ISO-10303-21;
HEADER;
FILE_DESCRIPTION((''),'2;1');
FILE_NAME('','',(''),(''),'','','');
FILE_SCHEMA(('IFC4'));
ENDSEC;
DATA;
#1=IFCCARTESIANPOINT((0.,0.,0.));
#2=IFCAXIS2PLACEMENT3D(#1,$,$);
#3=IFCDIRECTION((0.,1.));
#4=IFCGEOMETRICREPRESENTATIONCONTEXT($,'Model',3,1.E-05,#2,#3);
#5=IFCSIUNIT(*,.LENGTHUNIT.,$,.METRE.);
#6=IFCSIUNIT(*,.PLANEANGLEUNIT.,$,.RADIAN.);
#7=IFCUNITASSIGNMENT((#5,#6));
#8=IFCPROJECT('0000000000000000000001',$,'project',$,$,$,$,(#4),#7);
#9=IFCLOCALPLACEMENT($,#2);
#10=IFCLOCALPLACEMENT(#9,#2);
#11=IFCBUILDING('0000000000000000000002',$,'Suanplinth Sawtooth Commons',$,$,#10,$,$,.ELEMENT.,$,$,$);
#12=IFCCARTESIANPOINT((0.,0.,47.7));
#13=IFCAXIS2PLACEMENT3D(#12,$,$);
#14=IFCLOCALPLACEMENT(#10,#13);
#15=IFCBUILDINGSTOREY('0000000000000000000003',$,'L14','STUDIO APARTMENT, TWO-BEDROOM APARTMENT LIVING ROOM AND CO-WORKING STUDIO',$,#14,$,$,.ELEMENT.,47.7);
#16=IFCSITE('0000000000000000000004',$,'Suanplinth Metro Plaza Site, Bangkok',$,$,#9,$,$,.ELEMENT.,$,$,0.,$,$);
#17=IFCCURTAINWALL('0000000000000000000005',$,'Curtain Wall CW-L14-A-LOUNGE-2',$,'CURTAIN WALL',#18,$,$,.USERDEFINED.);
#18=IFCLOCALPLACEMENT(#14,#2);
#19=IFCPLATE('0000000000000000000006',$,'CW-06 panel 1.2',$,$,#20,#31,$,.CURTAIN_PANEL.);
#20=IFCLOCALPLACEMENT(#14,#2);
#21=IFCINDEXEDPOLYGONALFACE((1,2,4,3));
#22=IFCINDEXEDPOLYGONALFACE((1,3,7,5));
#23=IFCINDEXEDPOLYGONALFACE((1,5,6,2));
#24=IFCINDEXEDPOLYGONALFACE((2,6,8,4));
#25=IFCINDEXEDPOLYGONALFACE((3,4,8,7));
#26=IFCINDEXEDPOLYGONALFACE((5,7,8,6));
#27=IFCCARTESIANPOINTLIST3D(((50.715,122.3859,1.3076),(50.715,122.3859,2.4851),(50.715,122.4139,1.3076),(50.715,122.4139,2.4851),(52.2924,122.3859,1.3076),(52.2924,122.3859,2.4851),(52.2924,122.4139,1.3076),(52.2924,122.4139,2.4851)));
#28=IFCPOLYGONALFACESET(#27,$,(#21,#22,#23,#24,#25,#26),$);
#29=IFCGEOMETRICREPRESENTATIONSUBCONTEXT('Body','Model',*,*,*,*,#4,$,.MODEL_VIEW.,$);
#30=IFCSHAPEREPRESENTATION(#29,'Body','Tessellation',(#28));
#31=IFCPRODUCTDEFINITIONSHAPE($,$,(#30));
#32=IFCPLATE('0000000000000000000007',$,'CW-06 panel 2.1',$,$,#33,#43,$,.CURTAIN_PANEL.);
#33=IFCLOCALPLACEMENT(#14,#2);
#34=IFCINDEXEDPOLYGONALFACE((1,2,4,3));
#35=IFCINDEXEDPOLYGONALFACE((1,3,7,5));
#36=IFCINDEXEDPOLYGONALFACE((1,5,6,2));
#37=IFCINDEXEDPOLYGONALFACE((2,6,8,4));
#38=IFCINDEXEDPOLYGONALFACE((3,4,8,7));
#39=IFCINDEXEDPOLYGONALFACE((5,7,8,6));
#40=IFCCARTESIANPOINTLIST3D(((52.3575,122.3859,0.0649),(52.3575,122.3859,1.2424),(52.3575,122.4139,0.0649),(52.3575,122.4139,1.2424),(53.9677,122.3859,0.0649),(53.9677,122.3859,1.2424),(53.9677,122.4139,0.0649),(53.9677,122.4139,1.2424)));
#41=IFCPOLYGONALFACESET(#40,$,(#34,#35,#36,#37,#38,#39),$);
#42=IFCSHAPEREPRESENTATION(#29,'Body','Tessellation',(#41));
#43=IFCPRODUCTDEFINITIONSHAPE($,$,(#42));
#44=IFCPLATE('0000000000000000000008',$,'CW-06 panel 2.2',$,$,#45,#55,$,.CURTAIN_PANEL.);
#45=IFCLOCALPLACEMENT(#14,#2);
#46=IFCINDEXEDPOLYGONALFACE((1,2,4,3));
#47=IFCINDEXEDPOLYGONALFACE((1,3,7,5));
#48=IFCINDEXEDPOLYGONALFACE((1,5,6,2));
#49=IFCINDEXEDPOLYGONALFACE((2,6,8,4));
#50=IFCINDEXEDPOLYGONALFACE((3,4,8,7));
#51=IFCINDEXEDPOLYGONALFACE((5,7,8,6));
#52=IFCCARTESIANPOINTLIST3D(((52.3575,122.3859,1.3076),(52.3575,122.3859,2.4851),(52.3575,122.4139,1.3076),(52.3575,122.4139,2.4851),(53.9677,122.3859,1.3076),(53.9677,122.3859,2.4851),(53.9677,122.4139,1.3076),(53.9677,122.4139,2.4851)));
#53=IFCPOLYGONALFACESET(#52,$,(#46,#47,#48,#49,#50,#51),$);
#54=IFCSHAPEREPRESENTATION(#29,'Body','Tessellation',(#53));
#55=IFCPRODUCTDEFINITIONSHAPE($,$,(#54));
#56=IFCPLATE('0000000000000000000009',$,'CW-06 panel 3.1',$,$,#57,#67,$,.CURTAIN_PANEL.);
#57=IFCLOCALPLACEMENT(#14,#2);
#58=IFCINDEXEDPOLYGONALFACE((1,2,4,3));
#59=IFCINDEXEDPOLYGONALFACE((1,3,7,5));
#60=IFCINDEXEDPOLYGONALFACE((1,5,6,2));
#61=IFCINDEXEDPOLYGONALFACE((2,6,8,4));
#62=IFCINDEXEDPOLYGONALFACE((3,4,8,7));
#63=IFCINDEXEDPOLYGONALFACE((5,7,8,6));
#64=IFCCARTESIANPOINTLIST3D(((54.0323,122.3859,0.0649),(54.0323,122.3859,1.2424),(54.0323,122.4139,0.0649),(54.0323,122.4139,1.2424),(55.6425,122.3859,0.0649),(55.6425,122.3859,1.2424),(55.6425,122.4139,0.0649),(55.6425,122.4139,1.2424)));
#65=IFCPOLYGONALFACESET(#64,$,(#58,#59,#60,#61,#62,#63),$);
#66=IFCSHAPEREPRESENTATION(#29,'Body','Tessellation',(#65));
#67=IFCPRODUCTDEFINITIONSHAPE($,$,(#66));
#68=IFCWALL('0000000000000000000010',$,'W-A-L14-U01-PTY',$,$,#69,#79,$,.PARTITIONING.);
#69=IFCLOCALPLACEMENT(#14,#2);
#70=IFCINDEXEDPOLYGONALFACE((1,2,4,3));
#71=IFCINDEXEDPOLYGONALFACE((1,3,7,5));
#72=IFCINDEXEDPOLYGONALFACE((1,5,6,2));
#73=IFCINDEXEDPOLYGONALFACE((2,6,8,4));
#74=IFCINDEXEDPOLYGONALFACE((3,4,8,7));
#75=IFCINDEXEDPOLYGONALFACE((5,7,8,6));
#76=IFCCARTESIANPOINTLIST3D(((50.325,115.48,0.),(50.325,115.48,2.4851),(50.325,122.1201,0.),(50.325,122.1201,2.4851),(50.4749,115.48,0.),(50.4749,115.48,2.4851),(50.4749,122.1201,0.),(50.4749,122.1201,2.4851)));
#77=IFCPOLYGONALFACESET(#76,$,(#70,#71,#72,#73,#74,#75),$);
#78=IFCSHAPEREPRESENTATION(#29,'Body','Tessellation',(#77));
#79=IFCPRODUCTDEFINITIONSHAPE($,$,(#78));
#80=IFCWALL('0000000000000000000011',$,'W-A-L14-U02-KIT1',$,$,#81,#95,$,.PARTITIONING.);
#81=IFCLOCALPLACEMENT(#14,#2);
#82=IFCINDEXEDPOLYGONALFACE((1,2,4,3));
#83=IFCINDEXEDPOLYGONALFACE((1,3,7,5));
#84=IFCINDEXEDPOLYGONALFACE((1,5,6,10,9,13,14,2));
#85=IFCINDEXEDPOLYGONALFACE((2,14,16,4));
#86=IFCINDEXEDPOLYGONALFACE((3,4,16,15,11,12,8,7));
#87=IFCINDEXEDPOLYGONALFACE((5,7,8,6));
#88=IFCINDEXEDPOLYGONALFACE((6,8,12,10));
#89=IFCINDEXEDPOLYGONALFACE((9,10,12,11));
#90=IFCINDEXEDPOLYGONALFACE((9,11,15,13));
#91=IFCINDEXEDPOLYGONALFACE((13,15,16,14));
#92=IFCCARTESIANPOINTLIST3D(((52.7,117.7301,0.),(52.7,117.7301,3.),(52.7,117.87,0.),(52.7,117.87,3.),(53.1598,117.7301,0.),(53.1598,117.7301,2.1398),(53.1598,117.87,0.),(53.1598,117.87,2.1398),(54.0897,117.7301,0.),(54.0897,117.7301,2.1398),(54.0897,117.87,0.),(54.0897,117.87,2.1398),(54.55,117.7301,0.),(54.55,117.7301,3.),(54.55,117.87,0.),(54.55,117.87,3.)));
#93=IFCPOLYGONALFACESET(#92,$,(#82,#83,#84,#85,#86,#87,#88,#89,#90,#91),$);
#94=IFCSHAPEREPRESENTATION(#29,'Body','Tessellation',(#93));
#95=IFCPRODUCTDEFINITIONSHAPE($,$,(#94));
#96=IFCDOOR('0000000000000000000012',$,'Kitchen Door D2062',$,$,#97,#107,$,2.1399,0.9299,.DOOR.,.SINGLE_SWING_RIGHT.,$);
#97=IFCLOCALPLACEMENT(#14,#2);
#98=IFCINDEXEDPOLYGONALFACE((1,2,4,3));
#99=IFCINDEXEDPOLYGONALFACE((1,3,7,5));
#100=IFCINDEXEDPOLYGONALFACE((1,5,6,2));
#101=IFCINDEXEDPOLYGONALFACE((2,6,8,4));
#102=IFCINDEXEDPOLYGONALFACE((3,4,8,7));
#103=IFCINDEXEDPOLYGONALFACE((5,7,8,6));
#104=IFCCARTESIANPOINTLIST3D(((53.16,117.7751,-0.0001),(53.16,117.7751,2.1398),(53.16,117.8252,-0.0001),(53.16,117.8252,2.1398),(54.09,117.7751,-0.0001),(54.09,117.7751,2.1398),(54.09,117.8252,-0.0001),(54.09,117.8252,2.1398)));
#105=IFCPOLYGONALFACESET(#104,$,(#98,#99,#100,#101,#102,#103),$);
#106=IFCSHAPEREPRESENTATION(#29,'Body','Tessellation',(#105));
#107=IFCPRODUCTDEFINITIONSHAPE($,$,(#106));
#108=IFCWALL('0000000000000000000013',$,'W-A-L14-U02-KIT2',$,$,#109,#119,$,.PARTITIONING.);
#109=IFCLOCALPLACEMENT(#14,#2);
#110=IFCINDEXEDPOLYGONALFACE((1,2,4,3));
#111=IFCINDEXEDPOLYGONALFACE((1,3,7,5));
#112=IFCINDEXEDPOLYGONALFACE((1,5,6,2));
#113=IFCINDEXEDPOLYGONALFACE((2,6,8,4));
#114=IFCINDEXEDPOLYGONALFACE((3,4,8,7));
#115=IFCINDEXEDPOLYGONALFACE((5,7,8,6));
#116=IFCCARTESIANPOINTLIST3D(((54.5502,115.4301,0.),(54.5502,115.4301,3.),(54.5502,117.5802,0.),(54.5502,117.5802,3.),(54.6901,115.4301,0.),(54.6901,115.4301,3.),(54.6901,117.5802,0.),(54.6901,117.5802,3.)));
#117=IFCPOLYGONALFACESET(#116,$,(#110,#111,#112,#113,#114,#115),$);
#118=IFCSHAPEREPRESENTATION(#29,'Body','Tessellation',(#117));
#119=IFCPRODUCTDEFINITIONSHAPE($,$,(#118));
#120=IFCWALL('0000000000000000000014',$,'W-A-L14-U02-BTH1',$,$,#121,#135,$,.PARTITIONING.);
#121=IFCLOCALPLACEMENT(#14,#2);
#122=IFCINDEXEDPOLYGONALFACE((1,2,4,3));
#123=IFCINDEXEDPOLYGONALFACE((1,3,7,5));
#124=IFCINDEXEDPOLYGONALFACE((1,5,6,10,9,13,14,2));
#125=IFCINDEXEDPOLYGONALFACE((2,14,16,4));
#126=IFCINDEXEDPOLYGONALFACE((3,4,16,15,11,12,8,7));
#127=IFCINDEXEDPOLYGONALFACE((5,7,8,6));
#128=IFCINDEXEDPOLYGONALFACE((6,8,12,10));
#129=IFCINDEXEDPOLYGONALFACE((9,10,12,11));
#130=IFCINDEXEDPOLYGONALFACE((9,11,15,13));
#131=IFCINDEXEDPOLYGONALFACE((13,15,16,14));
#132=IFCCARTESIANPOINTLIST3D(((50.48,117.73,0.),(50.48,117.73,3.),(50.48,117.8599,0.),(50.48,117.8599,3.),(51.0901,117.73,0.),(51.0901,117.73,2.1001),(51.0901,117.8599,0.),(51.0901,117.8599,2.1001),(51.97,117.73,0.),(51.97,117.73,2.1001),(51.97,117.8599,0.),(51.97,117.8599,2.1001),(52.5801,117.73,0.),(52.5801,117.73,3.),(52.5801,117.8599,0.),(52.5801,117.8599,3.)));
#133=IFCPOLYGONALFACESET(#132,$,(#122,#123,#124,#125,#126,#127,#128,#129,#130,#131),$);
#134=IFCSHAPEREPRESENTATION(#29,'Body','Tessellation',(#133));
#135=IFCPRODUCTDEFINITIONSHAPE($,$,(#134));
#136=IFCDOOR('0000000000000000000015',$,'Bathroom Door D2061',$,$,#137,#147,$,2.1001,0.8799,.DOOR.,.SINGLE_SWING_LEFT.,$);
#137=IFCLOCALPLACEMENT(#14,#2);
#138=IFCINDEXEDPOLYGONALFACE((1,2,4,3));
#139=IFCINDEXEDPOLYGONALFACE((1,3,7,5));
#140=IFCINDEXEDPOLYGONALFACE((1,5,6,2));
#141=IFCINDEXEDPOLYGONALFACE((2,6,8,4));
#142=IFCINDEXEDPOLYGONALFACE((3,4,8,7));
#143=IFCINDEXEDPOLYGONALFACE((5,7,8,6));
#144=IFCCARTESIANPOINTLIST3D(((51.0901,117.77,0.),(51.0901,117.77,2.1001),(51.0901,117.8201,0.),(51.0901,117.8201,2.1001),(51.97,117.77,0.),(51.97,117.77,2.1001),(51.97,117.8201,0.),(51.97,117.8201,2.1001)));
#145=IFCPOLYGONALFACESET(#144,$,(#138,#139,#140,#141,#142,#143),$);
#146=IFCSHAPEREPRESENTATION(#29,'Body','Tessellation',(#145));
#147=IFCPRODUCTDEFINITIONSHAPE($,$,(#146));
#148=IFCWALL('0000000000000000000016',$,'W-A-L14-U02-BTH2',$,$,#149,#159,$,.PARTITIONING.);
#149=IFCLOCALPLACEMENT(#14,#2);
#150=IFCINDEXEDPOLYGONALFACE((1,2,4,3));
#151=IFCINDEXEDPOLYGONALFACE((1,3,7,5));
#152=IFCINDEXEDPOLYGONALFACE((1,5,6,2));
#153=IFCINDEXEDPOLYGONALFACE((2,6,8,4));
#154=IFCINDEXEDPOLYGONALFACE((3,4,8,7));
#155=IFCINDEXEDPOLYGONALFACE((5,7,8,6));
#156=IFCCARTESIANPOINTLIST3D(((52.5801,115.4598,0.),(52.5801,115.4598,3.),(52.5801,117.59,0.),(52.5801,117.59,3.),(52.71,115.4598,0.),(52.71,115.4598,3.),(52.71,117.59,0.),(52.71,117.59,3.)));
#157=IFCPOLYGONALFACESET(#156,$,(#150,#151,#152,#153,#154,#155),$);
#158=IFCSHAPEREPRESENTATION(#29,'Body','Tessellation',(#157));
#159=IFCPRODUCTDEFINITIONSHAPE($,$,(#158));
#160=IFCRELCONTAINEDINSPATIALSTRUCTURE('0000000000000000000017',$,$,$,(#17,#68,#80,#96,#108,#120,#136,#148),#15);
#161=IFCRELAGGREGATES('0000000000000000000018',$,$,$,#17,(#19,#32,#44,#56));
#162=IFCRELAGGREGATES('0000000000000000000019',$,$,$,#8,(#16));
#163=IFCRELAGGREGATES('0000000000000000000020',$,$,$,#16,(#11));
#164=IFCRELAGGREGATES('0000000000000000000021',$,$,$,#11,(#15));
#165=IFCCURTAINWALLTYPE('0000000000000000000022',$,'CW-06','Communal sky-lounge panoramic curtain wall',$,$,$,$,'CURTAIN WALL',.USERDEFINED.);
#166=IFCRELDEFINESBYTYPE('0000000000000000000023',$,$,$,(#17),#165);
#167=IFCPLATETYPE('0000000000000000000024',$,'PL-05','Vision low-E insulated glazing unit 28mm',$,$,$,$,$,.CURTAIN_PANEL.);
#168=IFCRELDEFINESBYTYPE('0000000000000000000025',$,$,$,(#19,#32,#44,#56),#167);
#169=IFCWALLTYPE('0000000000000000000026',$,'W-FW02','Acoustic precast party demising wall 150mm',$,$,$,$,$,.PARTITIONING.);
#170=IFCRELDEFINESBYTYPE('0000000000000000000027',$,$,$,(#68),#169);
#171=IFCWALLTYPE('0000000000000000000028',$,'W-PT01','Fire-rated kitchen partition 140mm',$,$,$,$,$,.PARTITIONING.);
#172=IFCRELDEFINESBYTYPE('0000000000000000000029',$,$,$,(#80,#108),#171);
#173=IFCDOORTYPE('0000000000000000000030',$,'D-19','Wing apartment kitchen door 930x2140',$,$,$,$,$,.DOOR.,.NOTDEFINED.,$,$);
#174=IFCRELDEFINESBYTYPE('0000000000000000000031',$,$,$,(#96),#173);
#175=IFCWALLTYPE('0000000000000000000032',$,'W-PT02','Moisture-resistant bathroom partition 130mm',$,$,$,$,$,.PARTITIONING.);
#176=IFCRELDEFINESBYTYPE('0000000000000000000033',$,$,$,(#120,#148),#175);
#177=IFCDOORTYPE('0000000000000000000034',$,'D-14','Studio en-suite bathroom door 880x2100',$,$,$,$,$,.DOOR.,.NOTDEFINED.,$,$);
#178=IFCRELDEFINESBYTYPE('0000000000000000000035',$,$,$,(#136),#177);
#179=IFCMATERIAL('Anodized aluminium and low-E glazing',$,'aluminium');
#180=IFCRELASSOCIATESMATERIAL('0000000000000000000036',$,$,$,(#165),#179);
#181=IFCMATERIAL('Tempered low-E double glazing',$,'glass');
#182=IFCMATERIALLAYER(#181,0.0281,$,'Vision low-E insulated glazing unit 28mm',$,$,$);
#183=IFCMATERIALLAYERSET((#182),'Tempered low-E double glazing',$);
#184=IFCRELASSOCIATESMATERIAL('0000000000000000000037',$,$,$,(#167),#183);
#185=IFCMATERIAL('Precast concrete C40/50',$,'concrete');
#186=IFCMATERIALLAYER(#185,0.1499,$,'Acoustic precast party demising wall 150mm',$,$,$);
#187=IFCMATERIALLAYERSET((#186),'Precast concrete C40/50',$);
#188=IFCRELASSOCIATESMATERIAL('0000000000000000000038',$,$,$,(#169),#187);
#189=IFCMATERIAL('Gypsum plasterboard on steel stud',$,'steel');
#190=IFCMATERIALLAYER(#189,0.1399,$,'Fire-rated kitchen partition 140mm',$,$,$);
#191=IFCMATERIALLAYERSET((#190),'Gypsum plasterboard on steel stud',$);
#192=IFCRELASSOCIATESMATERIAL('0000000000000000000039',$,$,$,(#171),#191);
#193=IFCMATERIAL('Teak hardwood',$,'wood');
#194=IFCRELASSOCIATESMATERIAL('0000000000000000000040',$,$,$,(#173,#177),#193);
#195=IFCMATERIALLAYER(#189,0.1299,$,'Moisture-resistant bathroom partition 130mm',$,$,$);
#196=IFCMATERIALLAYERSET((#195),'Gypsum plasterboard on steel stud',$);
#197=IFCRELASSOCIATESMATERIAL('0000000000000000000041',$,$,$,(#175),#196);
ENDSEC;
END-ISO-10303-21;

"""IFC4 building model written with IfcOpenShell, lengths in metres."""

from ifc_helpers import new_model, si_unit, direction, frame, frame_2d, origin, origin_2d, place, context, subcontext, project, spatial, rectangle, extrude, material, layer, layer_set, type_object, element, fill, aggregate, save


model = new_model("IFC4")

# Units and contexts
model_context = context("Model", 3, precision=1e-05, world=origin(), true_north=direction((0.0, 1.0)))
body_context = subcontext(model_context, "Body", "Model", "MODEL_VIEW")
ifc_project = project(units=[si_unit("LENGTHUNIT", "METRE"), si_unit("PLANEANGLEUNIT", "RADIAN")], contexts=[model_context])

# Site, building, storey
site_placement = place(None, origin())
site = spatial("IfcSite", under=ifc_project, at=site_placement, Name="Suanplinth Metro Plaza Site, Bangkok", CompositionType="ELEMENT", RefElevation=0.0)
building_placement = place(site_placement, origin())
building = spatial("IfcBuilding", under=site, at=building_placement, Name="Suanplinth Sawtooth Commons", CompositionType="ELEMENT")
storey_placement = place(building_placement, frame((0.0, 0.0, 47.7)))
storey = spatial("IfcBuildingStorey", under=building, at=storey_placement, Name="L14", Description="STUDIO APARTMENT, TWO-BEDROOM APARTMENT LIVING ROOM AND CO-WORKING STUDIO", CompositionType="ELEMENT", Elevation=47.7)

# Shared definitions
ifc_material_1 = material(Name="Precast concrete C40/50", Category="concrete")

# Curtain wall
ifc_material_2 = material(Name="Anodized aluminium and low-E glazing", Category="aluminium")
curtain_wall_type = type_object("IfcCurtainWallType", Name="CW-06", Description="Communal sky-lounge panoramic curtain wall", ElementType="CURTAIN WALL", PredefinedType="USERDEFINED", material=ifc_material_2)
curtain_wall_placement = place(storey_placement, origin())
curtain_wall = element("IfcCurtainWall", 1, at=curtain_wall_placement, inside=storey, type_object=curtain_wall_type, Name="Curtain Wall CW-L14-A-LOUNGE-2", ObjectType="CURTAIN WALL", PredefinedType="USERDEFINED")

# Plates
ifc_material_3 = material(Name="Tempered low-E double glazing", Category="glass")
ifc_layer_1 = layer(ifc_material_3, 0.0281, Name="Vision low-E insulated glazing unit 28mm")
ifc_layer_set_1 = layer_set([ifc_layer_1], Name="Tempered low-E double glazing")
plate_type_1 = type_object("IfcPlateType", Name="PL-05", Description="Vision low-E insulated glazing unit 28mm", PredefinedType="CURTAIN_PANEL", material=ifc_layer_set_1)
plate_1_placement = place(storey_placement, frame((51.5037, 122.3999, 1.3076), z_axis=(0.0, 0.0, 1.0), x_axis=(1.0, 0.0, 0.0)))
plate_1 = element("IfcPlate", 2, at=plate_1_placement, type_object=plate_type_1, Name="CW-06 panel 1.2", PredefinedType="CURTAIN_PANEL", context=body_context, shape_type="SweptSolid", body=[
    extrude(rectangle(XDim=1.5774, YDim=0.0281, at=origin_2d()), origin(), (0.0, 0.0, 1.0), 1.1775),
])
plate_2_placement = place(storey_placement, frame((53.1626, 122.3999, 0.0649), z_axis=(0.0, 0.0, 1.0), x_axis=(1.0, 0.0, 0.0)))
plate_2 = element("IfcPlate", 3, at=plate_2_placement, type_object=plate_type_1, Name="CW-06 panel 2.1", PredefinedType="CURTAIN_PANEL", context=body_context, shape_type="SweptSolid", body=[
    extrude(rectangle(XDim=1.6101, YDim=0.0281, at=origin_2d()), origin(), (0.0, 0.0, 1.0), 1.1775),
])
plate_3_placement = place(storey_placement, frame((53.1626, 122.3999, 1.3076), z_axis=(0.0, 0.0, 1.0), x_axis=(1.0, 0.0, 0.0)))
plate_3 = element("IfcPlate", 4, at=plate_3_placement, type_object=plate_type_1, Name="CW-06 panel 2.2", PredefinedType="CURTAIN_PANEL", context=body_context, shape_type="SweptSolid", body=[
    extrude(rectangle(XDim=1.6101, YDim=0.0281, at=origin_2d()), origin(), (0.0, 0.0, 1.0), 1.1775),
])
plate_4_placement = place(storey_placement, frame((54.8374, 122.3999, 0.0649), z_axis=(0.0, 0.0, 1.0), x_axis=(1.0, 0.0, 0.0)))
plate_4 = element("IfcPlate", 5, at=plate_4_placement, type_object=plate_type_1, Name="CW-06 panel 3.1", PredefinedType="CURTAIN_PANEL", context=body_context, shape_type="SweptSolid", body=[
    extrude(rectangle(XDim=1.6101, YDim=0.0281, at=origin_2d()), origin(), (0.0, 0.0, 1.0), 1.1775),
])
aggregate(curtain_wall, [plate_1, plate_2, plate_3, plate_4])

# Wall
ifc_layer_2 = layer(ifc_material_1, 0.1499, Name="Acoustic precast party demising wall 150mm")
ifc_layer_set_2 = layer_set([ifc_layer_2], Name="Precast concrete C40/50")
wall_type_1 = type_object("IfcWallType", Name="W-FW02", Description="Acoustic precast party demising wall 150mm", PredefinedType="PARTITIONING", material=ifc_layer_set_2)
wall_1_placement = place(storey_placement, frame((50.3999, 115.48, 0.0), z_axis=(0.0, 0.0, 1.0), x_axis=(0.0, 1.0, 0.0)))
element("IfcWall", 6, at=wall_1_placement, inside=storey, type_object=wall_type_1, Name="W-A-L14-U01-PTY", PredefinedType="PARTITIONING", context=body_context, shape_type="SweptSolid", body=[
    extrude(rectangle(XDim=6.6401, YDim=0.1499, at=frame_2d((3.3201, 0.0))), origin(), (0.0, 0.0, 1.0), 2.4851),
])

# Wall, opening, door
ifc_material_4 = material(Name="Gypsum plasterboard on steel stud", Category="steel")
ifc_layer_3 = layer(ifc_material_4, 0.1399, Name="Fire-rated kitchen partition 140mm")
ifc_layer_set_3 = layer_set([ifc_layer_3], Name="Gypsum plasterboard on steel stud")
wall_type_2 = type_object("IfcWallType", Name="W-PT01", Description="Fire-rated kitchen partition 140mm", PredefinedType="PARTITIONING", material=ifc_layer_set_3)
wall_2_placement = place(storey_placement, frame((52.7, 117.8, 0.0), z_axis=(0.0, 0.0, 1.0), x_axis=(1.0, 0.0, 0.0)))
wall_2 = element("IfcWall", 7, at=wall_2_placement, inside=storey, type_object=wall_type_2, Name="W-A-L14-U02-KIT1", PredefinedType="PARTITIONING", context=body_context, shape_type="SweptSolid", body=[
    extrude(rectangle(XDim=1.8501, YDim=0.1399, at=frame_2d((0.925, 0.0))), origin(), (0.0, 0.0, 1.0), 3.0),
])
opening_1_placement = place(wall_2_placement, frame((0.46, 0.0, 0.0)))
opening_1 = element("IfcOpeningElement", 8, at=opening_1_placement, cuts=wall_2, PredefinedType="OPENING", context=body_context, shape_type="SweptSolid", body=[
    extrude(rectangle(XDim=0.9299, YDim=2.1399, at=frame_2d((0.4648, 1.0698))), frame((0.0, 0.085, 0.0), z_axis=(0.0, -1.0, 0.0), x_axis=(1.0, 0.0, 0.0)), (0.0, 0.0, 1.0), 0.1697),
])
ifc_material_5 = material(Name="Teak hardwood", Category="wood")
door_type_1 = type_object("IfcDoorType", Name="D-19", Description="Wing apartment kitchen door 930x2140", OperationType="NOTDEFINED", PredefinedType="DOOR", material=ifc_material_5)
door_1_placement = place(opening_1_placement, frame((0.9299, 0.0, 0.0), z_axis=(0.0, 0.0, 1.0), x_axis=(-1.0, 0.0, 0.0)))
door_1 = element("IfcDoor", 9, at=door_1_placement, inside=storey, type_object=door_type_1, Name="Kitchen Door D2062", OperationType="SINGLE_SWING_RIGHT", OverallHeight=2.1399, OverallWidth=0.9299, PredefinedType="DOOR", context=body_context, shape_type="SweptSolid", body=[
    extrude(rectangle(XDim=0.9299, YDim=2.1399, at=frame_2d((0.4648, 1.0698))), frame((0.0, 0.0249, 0.0), z_axis=(0.0, -1.0, 0.0), x_axis=(1.0, 0.0, 0.0)), (0.0, 0.0, 1.0), 0.05),
])
fill(opening_1, door_1)

# Wall
wall_3_placement = place(storey_placement, frame((54.6201, 115.4299, 0.0), z_axis=(0.0, 0.0, 1.0), x_axis=(0.0, 1.0, 0.0)))
element("IfcWall", 10, at=wall_3_placement, inside=storey, type_object=wall_type_2, Name="W-A-L14-U02-KIT2", PredefinedType="PARTITIONING", context=body_context, shape_type="SweptSolid", body=[
    extrude(rectangle(XDim=2.1501, YDim=0.1399, at=frame_2d((1.0752, 0.0))), origin(), (0.0, 0.0, 1.0), 3.0),
])

# Wall, opening, door
ifc_layer_4 = layer(ifc_material_4, 0.1299, Name="Moisture-resistant bathroom partition 130mm")
ifc_layer_set_4 = layer_set([ifc_layer_4], Name="Gypsum plasterboard on steel stud")
wall_type_3 = type_object("IfcWallType", Name="W-PT02", Description="Moisture-resistant bathroom partition 130mm", PredefinedType="PARTITIONING", material=ifc_layer_set_4)
wall_4_placement = place(storey_placement, frame((50.48, 117.7949, 0.0), z_axis=(0.0, 0.0, 1.0), x_axis=(1.0, 0.0, 0.0)))
wall_4 = element("IfcWall", 11, at=wall_4_placement, inside=storey, type_object=wall_type_3, Name="W-A-L14-U02-BTH1", PredefinedType="PARTITIONING", context=body_context, shape_type="SweptSolid", body=[
    extrude(rectangle(XDim=2.1001, YDim=0.1299, at=frame_2d((1.05, 0.0))), origin(), (0.0, 0.0, 1.0), 3.0),
])
opening_2_placement = place(wall_4_placement, frame((0.6101, 0.0, 0.0)))
opening_2 = element("IfcOpeningElement", 12, at=opening_2_placement, cuts=wall_4, PredefinedType="OPENING", context=body_context, shape_type="SweptSolid", body=[
    extrude(rectangle(XDim=0.8799, YDim=2.1001, at=frame_2d((0.4399, 1.05))), frame((0.0, 0.0798, 0.0), z_axis=(0.0, -1.0, 0.0), x_axis=(1.0, 0.0, 0.0)), (0.0, 0.0, 1.0), 0.1597),
])
door_type_2 = type_object("IfcDoorType", Name="D-14", Description="Studio en-suite bathroom door 880x2100", OperationType="NOTDEFINED", PredefinedType="DOOR", material=ifc_material_5)
door_2_placement = place(opening_2_placement, frame((0.8799, 0.0, 0.0), z_axis=(0.0, 0.0, 1.0), x_axis=(-1.0, 0.0, 0.0)))
door_2 = element("IfcDoor", 13, at=door_2_placement, inside=storey, type_object=door_type_2, Name="Bathroom Door D2061", OperationType="SINGLE_SWING_LEFT", OverallHeight=2.1001, OverallWidth=0.8799, PredefinedType="DOOR", context=body_context, shape_type="SweptSolid", body=[
    extrude(rectangle(XDim=0.8799, YDim=2.1001, at=frame_2d((0.4399, 1.05))), frame((0.0, 0.0249, 0.0), z_axis=(0.0, -1.0, 0.0), x_axis=(1.0, 0.0, 0.0)), (0.0, 0.0, 1.0), 0.05),
])
fill(opening_2, door_2)

# Wall
wall_5_placement = place(storey_placement, frame((52.645, 115.46, 0.0), z_axis=(0.0, 0.0, 1.0), x_axis=(0.0, 1.0, 0.0)))
element("IfcWall", 14, at=wall_5_placement, inside=storey, type_object=wall_type_3, Name="W-A-L14-U02-BTH2", PredefinedType="PARTITIONING", context=body_context, shape_type="SweptSolid", body=[
    extrude(rectangle(XDim=2.1301, YDim=0.1299, at=frame_2d((1.0649, 0.0))), origin(), (0.0, 0.0, 1.0), 3.0),
])

save(model, "model.ifc")
